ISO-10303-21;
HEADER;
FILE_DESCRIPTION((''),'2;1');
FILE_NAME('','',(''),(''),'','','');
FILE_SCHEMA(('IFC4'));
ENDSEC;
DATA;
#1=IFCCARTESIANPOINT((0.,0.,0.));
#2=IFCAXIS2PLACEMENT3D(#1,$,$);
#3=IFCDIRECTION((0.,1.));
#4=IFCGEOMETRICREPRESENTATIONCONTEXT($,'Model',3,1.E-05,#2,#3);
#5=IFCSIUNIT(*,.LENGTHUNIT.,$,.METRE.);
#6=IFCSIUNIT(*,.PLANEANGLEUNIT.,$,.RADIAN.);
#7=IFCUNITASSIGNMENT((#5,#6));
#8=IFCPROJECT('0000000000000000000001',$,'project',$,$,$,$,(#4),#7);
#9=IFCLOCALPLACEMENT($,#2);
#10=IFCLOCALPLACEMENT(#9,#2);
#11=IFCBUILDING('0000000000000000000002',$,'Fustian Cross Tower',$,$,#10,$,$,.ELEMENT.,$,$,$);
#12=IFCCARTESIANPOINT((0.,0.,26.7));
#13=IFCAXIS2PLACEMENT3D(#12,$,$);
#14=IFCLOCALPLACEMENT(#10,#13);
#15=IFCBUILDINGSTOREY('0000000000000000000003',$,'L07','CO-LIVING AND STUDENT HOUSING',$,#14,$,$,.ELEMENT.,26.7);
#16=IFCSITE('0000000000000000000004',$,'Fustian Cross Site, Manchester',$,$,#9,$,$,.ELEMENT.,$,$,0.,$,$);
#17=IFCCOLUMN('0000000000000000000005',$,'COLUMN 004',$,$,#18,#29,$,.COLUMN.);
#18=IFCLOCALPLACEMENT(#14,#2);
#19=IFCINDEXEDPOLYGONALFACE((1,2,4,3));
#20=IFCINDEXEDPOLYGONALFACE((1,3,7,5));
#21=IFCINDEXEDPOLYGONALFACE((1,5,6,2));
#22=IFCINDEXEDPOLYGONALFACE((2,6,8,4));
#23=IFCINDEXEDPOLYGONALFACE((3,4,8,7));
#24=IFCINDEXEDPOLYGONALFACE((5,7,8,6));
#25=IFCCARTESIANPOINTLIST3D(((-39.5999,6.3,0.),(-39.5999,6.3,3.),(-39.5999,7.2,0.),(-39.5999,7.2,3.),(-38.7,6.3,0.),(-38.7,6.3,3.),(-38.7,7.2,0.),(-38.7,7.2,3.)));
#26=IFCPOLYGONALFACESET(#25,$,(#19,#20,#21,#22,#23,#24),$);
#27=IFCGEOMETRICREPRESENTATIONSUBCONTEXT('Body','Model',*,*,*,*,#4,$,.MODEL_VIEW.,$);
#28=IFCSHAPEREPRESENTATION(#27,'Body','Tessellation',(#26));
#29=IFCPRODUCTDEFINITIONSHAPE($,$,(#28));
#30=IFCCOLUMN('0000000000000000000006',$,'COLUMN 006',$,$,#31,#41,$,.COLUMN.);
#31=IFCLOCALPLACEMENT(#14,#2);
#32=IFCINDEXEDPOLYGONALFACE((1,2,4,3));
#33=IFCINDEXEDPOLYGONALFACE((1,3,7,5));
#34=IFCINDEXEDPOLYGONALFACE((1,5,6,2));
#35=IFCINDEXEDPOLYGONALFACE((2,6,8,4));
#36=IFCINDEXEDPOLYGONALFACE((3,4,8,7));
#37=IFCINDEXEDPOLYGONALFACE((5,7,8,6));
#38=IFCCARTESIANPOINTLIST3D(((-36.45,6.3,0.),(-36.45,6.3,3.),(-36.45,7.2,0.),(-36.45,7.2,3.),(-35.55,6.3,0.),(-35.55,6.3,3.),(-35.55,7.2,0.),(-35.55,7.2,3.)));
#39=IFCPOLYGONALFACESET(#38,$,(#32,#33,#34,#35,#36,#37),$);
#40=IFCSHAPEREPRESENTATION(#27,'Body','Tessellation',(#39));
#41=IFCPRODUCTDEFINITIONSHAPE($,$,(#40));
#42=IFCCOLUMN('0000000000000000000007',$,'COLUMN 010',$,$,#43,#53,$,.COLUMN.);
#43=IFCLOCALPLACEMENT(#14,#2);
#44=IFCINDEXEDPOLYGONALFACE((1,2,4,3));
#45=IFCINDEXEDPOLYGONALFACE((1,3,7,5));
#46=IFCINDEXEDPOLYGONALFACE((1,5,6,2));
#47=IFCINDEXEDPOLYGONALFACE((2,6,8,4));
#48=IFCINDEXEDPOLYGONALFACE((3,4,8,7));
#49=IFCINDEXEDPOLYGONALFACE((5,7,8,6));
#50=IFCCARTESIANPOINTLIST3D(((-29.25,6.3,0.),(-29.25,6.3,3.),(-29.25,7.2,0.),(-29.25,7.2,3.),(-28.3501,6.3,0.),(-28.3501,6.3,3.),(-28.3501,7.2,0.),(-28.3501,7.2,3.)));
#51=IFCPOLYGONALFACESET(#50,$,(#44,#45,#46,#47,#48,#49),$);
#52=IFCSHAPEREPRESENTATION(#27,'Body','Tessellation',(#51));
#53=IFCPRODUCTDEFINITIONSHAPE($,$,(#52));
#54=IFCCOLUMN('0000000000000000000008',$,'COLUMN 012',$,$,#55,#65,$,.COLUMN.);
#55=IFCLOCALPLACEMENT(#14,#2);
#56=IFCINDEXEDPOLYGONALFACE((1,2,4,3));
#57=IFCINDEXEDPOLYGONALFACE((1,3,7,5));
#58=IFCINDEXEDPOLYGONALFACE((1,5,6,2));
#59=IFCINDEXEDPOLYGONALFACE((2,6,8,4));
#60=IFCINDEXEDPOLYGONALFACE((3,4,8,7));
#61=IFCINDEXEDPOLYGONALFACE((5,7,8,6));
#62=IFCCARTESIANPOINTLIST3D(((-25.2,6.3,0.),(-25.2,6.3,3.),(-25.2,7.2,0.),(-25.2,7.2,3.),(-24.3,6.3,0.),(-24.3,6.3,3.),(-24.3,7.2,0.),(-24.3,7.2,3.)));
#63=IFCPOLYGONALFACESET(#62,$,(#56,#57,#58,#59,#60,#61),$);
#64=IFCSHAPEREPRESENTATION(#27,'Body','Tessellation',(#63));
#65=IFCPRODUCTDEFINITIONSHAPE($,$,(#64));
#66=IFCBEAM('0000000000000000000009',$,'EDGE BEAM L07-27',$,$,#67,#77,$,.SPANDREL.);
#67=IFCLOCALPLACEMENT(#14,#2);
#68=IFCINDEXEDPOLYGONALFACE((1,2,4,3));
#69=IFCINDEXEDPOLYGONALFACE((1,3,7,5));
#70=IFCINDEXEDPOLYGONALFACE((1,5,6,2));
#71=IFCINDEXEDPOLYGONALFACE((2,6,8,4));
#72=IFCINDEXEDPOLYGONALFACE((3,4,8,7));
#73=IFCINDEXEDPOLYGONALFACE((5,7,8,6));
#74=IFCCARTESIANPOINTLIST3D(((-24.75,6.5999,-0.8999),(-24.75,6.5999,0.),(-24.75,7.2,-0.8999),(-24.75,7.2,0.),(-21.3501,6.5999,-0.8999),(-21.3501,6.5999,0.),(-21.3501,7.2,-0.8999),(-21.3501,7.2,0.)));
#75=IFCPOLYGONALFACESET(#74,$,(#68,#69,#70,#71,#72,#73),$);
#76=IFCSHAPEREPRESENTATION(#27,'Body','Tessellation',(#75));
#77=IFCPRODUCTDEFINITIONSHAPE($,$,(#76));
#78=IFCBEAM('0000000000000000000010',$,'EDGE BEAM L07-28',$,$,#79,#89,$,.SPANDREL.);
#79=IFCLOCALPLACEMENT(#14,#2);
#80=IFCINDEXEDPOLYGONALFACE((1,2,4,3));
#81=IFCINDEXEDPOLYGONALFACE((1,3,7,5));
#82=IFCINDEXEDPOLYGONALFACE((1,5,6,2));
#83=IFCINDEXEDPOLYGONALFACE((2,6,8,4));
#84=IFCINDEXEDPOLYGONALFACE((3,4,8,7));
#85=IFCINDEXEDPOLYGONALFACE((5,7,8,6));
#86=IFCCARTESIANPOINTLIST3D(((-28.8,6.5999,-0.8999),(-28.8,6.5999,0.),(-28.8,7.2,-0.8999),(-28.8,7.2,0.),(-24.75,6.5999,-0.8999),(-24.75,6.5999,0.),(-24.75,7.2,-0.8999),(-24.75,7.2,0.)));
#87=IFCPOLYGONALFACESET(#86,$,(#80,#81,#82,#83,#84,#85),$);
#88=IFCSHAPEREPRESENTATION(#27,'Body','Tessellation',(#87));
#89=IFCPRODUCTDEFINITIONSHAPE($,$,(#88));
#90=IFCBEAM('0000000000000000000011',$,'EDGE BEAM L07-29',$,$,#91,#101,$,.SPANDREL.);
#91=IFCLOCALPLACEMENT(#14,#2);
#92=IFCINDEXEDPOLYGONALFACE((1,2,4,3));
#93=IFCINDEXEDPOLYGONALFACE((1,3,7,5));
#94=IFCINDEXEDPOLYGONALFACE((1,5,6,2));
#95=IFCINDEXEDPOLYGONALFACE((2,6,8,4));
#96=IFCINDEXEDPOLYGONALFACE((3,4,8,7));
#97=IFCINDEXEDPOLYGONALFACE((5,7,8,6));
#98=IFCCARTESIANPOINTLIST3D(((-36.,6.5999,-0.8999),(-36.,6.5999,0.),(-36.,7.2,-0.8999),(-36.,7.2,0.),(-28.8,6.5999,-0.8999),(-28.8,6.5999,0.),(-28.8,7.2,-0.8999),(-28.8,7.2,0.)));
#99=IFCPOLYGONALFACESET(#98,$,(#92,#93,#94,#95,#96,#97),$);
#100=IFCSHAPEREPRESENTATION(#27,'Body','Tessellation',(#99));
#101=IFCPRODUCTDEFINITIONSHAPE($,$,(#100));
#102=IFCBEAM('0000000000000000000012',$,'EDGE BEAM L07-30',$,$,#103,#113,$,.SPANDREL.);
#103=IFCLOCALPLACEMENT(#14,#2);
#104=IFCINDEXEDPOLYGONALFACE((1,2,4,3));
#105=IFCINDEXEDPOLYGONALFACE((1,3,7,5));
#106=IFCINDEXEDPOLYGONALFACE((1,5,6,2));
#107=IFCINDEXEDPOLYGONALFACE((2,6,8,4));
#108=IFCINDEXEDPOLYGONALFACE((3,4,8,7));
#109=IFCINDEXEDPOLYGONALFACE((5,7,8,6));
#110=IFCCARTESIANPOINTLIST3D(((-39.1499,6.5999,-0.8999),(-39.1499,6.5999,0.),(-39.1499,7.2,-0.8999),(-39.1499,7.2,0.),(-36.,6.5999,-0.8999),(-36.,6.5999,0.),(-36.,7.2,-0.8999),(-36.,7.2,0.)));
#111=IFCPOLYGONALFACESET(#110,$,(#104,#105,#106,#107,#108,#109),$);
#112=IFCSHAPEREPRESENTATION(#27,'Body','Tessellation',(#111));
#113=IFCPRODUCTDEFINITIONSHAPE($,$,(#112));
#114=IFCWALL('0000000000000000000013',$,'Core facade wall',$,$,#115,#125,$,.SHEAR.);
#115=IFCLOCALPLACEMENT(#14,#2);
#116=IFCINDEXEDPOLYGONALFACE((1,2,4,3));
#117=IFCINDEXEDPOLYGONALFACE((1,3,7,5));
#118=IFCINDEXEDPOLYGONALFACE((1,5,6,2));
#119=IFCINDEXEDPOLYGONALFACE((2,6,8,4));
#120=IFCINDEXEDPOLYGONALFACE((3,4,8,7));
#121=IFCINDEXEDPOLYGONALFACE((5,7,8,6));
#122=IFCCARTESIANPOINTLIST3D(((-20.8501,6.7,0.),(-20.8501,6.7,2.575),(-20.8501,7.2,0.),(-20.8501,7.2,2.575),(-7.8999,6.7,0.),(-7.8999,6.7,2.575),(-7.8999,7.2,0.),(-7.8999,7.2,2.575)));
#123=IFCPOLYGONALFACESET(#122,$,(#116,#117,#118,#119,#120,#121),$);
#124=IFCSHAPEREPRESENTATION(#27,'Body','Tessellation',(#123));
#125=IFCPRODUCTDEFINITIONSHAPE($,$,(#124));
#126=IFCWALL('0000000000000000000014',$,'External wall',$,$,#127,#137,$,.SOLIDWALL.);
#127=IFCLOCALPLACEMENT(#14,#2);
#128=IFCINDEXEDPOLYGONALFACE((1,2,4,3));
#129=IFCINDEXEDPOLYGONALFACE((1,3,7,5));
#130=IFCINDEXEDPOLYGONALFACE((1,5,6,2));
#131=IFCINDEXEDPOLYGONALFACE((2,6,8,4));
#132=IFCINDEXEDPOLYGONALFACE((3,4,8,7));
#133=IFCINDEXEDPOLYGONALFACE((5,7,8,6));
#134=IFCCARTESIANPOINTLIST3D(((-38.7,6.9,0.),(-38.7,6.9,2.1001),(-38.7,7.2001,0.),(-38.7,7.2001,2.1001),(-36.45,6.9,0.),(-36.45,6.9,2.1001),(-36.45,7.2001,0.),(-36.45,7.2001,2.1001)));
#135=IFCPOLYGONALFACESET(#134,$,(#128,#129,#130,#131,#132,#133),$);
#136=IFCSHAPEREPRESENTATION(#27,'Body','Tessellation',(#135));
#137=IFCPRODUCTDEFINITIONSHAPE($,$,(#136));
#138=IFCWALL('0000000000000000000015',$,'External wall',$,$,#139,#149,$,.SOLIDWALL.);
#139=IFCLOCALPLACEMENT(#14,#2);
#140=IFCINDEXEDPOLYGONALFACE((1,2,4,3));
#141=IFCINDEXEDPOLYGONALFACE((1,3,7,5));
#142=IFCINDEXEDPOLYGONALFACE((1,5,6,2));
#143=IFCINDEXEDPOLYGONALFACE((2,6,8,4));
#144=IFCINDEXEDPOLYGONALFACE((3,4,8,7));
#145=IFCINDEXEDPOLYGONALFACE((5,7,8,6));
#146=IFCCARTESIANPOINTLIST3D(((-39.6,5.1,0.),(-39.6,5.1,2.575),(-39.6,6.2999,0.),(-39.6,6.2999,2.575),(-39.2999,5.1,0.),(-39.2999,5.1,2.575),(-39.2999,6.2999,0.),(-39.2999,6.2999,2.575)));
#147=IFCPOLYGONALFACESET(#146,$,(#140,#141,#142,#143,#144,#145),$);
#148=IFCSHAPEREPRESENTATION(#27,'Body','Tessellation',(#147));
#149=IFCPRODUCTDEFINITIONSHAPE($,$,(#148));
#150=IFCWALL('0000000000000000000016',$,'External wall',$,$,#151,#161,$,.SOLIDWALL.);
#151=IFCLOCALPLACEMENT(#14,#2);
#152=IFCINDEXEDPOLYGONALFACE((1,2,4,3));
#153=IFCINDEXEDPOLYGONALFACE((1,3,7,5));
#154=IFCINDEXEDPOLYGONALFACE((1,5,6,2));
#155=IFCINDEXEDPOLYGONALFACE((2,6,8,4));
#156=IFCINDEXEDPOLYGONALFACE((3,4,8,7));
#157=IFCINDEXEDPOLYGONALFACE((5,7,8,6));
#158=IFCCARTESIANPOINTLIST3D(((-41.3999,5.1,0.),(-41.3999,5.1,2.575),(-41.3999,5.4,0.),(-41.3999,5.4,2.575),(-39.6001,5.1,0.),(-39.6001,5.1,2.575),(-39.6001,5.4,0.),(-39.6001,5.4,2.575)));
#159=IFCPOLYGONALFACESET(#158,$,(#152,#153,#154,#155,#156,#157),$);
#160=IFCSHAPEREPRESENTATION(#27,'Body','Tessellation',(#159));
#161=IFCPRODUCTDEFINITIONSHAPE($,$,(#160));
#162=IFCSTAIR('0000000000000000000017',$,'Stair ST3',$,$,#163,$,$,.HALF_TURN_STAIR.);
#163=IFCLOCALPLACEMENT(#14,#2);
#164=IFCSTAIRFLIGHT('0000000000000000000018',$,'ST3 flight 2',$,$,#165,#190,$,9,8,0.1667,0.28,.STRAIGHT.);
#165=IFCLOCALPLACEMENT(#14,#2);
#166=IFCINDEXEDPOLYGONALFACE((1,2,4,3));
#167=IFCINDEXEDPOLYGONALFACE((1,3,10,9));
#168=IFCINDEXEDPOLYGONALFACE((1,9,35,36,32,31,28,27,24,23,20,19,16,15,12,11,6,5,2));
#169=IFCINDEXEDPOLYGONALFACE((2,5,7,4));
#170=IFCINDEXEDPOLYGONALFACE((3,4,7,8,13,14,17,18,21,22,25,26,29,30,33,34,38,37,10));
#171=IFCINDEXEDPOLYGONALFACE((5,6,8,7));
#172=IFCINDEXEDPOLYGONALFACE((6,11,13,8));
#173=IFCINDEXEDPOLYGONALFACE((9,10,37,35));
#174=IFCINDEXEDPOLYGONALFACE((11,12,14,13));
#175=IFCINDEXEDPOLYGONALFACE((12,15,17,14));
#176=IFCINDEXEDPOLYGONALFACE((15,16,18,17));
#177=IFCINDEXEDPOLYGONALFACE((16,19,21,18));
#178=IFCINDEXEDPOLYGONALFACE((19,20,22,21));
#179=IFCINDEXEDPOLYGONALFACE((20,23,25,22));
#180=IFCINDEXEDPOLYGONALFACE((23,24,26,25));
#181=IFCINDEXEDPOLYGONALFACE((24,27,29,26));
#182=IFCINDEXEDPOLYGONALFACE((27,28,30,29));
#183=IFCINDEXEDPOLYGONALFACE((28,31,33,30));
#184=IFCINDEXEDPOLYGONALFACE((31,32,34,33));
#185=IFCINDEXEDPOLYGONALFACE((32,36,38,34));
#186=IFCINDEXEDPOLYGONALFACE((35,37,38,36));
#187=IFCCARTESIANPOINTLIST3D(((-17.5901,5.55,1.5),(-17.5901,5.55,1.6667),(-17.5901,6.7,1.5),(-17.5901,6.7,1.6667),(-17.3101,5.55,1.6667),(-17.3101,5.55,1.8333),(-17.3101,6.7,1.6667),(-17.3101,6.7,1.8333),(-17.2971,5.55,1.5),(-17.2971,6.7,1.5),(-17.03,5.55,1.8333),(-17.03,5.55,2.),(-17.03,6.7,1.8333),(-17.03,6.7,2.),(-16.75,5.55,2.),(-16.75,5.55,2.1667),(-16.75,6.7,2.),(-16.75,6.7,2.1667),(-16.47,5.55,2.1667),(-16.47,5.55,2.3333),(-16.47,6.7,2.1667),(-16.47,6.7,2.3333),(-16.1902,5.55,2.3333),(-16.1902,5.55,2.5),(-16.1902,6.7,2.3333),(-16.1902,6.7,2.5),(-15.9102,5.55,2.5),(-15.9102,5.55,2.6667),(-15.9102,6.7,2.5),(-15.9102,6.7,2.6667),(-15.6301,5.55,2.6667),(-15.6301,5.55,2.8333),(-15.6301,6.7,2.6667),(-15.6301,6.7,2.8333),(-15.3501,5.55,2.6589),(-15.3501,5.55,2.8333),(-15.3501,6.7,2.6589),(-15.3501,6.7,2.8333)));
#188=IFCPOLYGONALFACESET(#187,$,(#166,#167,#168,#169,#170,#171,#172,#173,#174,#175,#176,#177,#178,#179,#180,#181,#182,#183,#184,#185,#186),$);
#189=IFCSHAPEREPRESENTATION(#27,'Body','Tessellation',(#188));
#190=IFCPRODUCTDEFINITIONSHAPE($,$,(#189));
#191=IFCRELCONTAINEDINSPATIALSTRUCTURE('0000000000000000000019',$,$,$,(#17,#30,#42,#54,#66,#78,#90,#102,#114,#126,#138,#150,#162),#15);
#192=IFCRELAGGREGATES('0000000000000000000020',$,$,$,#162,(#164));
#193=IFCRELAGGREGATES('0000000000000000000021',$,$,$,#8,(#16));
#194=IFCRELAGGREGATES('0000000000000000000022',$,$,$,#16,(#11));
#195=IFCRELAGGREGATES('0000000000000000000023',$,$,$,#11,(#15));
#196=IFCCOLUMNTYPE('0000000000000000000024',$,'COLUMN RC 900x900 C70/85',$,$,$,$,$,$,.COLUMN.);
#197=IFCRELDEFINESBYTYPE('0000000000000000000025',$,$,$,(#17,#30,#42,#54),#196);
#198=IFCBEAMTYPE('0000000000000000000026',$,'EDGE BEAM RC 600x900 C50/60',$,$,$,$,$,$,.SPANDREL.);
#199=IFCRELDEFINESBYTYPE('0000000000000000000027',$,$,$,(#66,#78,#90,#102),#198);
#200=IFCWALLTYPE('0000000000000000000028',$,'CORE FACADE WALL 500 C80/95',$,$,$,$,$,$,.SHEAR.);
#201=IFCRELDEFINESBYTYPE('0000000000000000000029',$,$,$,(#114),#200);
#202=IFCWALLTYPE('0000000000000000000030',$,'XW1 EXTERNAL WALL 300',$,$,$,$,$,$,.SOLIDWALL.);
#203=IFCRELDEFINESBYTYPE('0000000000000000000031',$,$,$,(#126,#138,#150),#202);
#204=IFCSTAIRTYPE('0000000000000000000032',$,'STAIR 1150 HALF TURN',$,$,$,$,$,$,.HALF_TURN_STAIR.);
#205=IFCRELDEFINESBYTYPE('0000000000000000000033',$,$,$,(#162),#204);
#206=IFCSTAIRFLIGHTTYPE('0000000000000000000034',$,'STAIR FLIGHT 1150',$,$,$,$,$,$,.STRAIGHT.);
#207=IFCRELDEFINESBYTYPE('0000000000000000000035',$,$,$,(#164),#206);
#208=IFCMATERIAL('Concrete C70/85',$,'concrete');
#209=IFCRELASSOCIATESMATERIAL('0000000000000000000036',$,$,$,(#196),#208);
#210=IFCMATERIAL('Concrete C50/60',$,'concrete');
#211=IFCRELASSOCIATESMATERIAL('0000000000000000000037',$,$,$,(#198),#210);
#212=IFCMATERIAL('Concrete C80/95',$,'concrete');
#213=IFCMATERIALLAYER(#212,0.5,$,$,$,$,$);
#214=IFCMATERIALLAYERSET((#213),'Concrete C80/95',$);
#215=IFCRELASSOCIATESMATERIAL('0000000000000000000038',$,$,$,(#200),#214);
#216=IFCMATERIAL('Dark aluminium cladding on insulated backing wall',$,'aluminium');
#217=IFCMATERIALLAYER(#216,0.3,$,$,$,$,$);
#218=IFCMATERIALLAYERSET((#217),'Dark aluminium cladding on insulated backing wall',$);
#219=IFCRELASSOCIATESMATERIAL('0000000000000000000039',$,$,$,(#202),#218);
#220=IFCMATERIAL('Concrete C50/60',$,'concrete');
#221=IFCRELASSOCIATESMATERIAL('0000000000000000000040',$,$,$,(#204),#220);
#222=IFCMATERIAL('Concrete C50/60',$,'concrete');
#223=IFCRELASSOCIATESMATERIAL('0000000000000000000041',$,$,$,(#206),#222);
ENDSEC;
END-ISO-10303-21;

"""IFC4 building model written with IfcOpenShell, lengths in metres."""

from ifc_helpers import new_model, si_unit, direction, frame, frame_2d, origin, origin_2d, place, context, subcontext, project, spatial, polyline, rectangle, outline, extrude, material, layer, layer_set, material_profile, profile_set, type_object, element, aggregate, save


model = new_model("IFC4")

# Units and contexts
model_context = context("Model", 3, precision=1e-05, world=origin(), true_north=direction((0.0, 1.0)))
body_context = subcontext(model_context, "Body", "Model", "MODEL_VIEW")
ifc_project = project(units=[si_unit("LENGTHUNIT", "METRE"), si_unit("PLANEANGLEUNIT", "RADIAN")], contexts=[model_context])

# Site, building, storey
site_placement = place(None, origin())
site = spatial("IfcSite", under=ifc_project, at=site_placement, Name="Fustian Cross Site, Manchester", CompositionType="ELEMENT", RefElevation=0.0)
building_placement = place(site_placement, origin())
building = spatial("IfcBuilding", under=site, at=building_placement, Name="Fustian Cross Tower", CompositionType="ELEMENT")
storey_placement = place(building_placement, frame((0.0, 0.0, 26.7)))
storey = spatial("IfcBuildingStorey", under=building, at=storey_placement, Name="L07", Description="CO-LIVING AND STUDENT HOUSING", CompositionType="ELEMENT", Elevation=26.7)

# Columns
ifc_material_1 = material(Name="Concrete C70/85", Category="concrete")
ifc_material_profile_1 = material_profile(ifc_material_1, rectangle(XDim=0.8999, YDim=0.8999, at=origin_2d()), Name="RC 900x900")
ifc_profile_set_1 = profile_set([ifc_material_profile_1], Name="Concrete C70/85")
column_type = type_object("IfcColumnType", Name="COLUMN RC 900x900 C70/85", PredefinedType="COLUMN", material=ifc_profile_set_1)
for number, where, z_axis, x_axis, name in (
    (1, (-39.1499, 6.75, 0.0), (0.0, 0.0, 1.0), (1.0, 0.0, 0.0), "COLUMN 004"),
    (2, (-36.0, 6.75, 0.0), (0.0, 0.0, 1.0), (1.0, 0.0, 0.0), "COLUMN 006"),
    (3, (-28.8, 6.75, 0.0), (0.0, 0.0, 1.0), (1.0, 0.0, 0.0), "COLUMN 010"),
    (4, (-24.75, 6.75, 0.0), (0.0, 0.0, 1.0), (1.0, 0.0, 0.0), "COLUMN 012"),
):
    element("IfcColumn", number, at=place(storey_placement, frame(where, z_axis=z_axis, x_axis=x_axis)), inside=storey, type_object=column_type, Name=name, PredefinedType="COLUMN", context=body_context, shape_type="SweptSolid", body=[
        extrude(rectangle(XDim=0.8999, YDim=0.8999, at=origin_2d()), origin(), (0.0, 0.0, 1.0), 3.0),
    ])

# Beams
ifc_material_2 = material(Name="Concrete C50/60", Category="concrete")
ifc_material_profile_2 = material_profile(ifc_material_2, rectangle(XDim=0.6001, YDim=0.8999, at=origin_2d()), Name="RC 600x900")
ifc_profile_set_2 = profile_set([ifc_material_profile_2], Name="Concrete C50/60")
beam_type = type_object("IfcBeamType", Name="EDGE BEAM RC 600x900 C50/60", PredefinedType="SPANDREL", material=ifc_profile_set_2)
beam_1_placement = place(storey_placement, frame((-21.3501, 6.8999, -0.45), z_axis=(-1.0, 0.0, 0.0), x_axis=(0.0, -1.0, 0.0)))
element("IfcBeam", 5, at=beam_1_placement, inside=storey, type_object=beam_type, Name="EDGE BEAM L07-27", PredefinedType="SPANDREL", context=body_context, shape_type="SweptSolid", body=[
    extrude(rectangle(XDim=0.6001, YDim=0.8999, at=origin_2d()), origin(), (0.0, 0.0, 1.0), 3.3999),
])
beam_2_placement = place(storey_placement, frame((-24.75, 6.8999, -0.45), z_axis=(-1.0, 0.0, 0.0), x_axis=(0.0, -1.0, 0.0)))
element("IfcBeam", 6, at=beam_2_placement, inside=storey, type_object=beam_type, Name="EDGE BEAM L07-28", PredefinedType="SPANDREL", context=body_context, shape_type="SweptSolid", body=[
    extrude(rectangle(XDim=0.6001, YDim=0.8999, at=origin_2d()), origin(), (0.0, 0.0, 1.0), 4.05),
])
beam_3_placement = place(storey_placement, frame((-28.8, 6.8999, -0.45), z_axis=(-1.0, 0.0, 0.0), x_axis=(0.0, -1.0, 0.0)))
element("IfcBeam", 7, at=beam_3_placement, inside=storey, type_object=beam_type, Name="EDGE BEAM L07-29", PredefinedType="SPANDREL", context=body_context, shape_type="SweptSolid", body=[
    extrude(rectangle(XDim=0.6001, YDim=0.8999, at=origin_2d()), origin(), (0.0, 0.0, 1.0), 7.2),
])
beam_4_placement = place(storey_placement, frame((-36.0, 6.8999, -0.45), z_axis=(-1.0, 0.0, 0.0), x_axis=(0.0, -1.0, 0.0)))
element("IfcBeam", 8, at=beam_4_placement, inside=storey, type_object=beam_type, Name="EDGE BEAM L07-30", PredefinedType="SPANDREL", context=body_context, shape_type="SweptSolid", body=[
    extrude(rectangle(XDim=0.6001, YDim=0.8999, at=origin_2d()), origin(), (0.0, 0.0, 1.0), 3.1499),
])

# Walls
ifc_material_3 = material(Name="Concrete C80/95", Category="concrete")
ifc_layer_1 = layer(ifc_material_3, 0.5)
ifc_layer_set_1 = layer_set([ifc_layer_1], Name="Concrete C80/95")
wall_type_1 = type_object("IfcWallType", Name="CORE FACADE WALL 500 C80/95", PredefinedType="SHEAR", material=ifc_layer_set_1)
wall_1_placement = place(storey_placement, frame((-7.8999, 6.95, 0.0), z_axis=(0.0, 0.0, 1.0), x_axis=(-1.0, 0.0, 0.0)))
element("IfcWall", 9, at=wall_1_placement, inside=storey, type_object=wall_type_1, Name="Core facade wall", PredefinedType="SHEAR", context=body_context, shape_type="SweptSolid", body=[
    extrude(rectangle(XDim=12.9502, YDim=0.5, at=frame_2d((6.4751, 0.0))), origin(), (0.0, 0.0, 1.0), 2.575),
])
ifc_material_4 = material(Name="Dark aluminium cladding on insulated backing wall", Category="aluminium")
ifc_layer_2 = layer(ifc_material_4, 0.3)
ifc_layer_set_2 = layer_set([ifc_layer_2], Name="Dark aluminium cladding on insulated backing wall")
wall_type_2 = type_object("IfcWallType", Name="XW1 EXTERNAL WALL 300", PredefinedType="SOLIDWALL", material=ifc_layer_set_2)
wall_2_placement = place(storey_placement, frame((-36.45, 7.05, 0.0), z_axis=(0.0, 0.0, 1.0), x_axis=(-1.0, 0.0, 0.0)))
element("IfcWall", 10, at=wall_2_placement, inside=storey, type_object=wall_type_2, Name="External wall", PredefinedType="SOLIDWALL", context=body_context, shape_type="SweptSolid", body=[
    extrude(rectangle(XDim=2.25, YDim=0.3, at=frame_2d((1.125, 0.0))), origin(), (0.0, 0.0, 1.0), 2.1001),
])
wall_3_placement = place(storey_placement, frame((-39.45, 6.3, 0.0), z_axis=(0.0, 0.0, 1.0), x_axis=(0.0, -1.0, 0.0)))
element("IfcWall", 11, at=wall_3_placement, inside=storey, type_object=wall_type_2, Name="External wall", PredefinedType="SOLIDWALL", context=body_context, shape_type="SweptSolid", body=[
    extrude(rectangle(XDim=1.2, YDim=0.3, at=frame_2d((0.6001, 0.0))), origin(), (0.0, 0.0, 1.0), 2.575),
])
wall_4_placement = place(storey_placement, frame((-39.6001, 5.25, 0.0), z_axis=(0.0, 0.0, 1.0), x_axis=(-1.0, 0.0, 0.0)))
element("IfcWall", 12, at=wall_4_placement, inside=storey, type_object=wall_type_2, Name="External wall", PredefinedType="SOLIDWALL", context=body_context, shape_type="SweptSolid", body=[
    extrude(rectangle(XDim=1.7998, YDim=0.3, at=frame_2d((0.8999, 0.0))), origin(), (0.0, 0.0, 1.0), 2.575),
])

# Stair, stair flight
ifc_material_5 = material(Name="Concrete C50/60", Category="concrete")
stair_type = type_object("IfcStairType", Name="STAIR 1150 HALF TURN", PredefinedType="HALF_TURN_STAIR", material=ifc_material_5)
stair_placement = place(storey_placement, origin())
stair = element("IfcStair", 13, at=stair_placement, inside=storey, type_object=stair_type, Name="Stair ST3", PredefinedType="HALF_TURN_STAIR")
ifc_material_6 = material(Name="Concrete C50/60", Category="concrete")
stair_flight_type = type_object("IfcStairFlightType", Name="STAIR FLIGHT 1150", PredefinedType="STRAIGHT", material=ifc_material_6)
stair_flight_placement = place(storey_placement, frame((-17.5901, 6.125, 1.5), z_axis=(0.0, 0.0, 1.0), x_axis=(1.0, 0.0, 0.0)))
stair_flight = element("IfcStairFlight", 14, at=stair_flight_placement, type_object=stair_flight_type, Name="ST3 flight 2", NumberOfRisers=9, NumberOfTreads=8, PredefinedType="STRAIGHT", RiserHeight=0.1667, TreadLength=0.28, context=body_context, shape_type="SweptSolid", body=[
    extrude(outline(polyline([(0.0, 0.0), (0.0, 0.1667), (0.28, 0.1667), (0.28, 0.3333), (0.5601, 0.3333), (0.5601, 0.5), (0.8401, 0.5), (0.8401, 0.6667), (1.1201, 0.6667), (1.1201, 0.8333), (1.3999, 0.8333), (1.3999, 1.0), (1.6799, 1.0), (1.6799, 1.1667), (1.96, 1.1667), (1.96, 1.3333), (2.24, 1.3333), (2.24, 1.5), (2.24, 1.1589), (0.293, 0.0), (0.0, 0.0)])), frame((0.0, 0.575, 0.0), z_axis=(0.0, -1.0, 0.0), x_axis=(1.0, 0.0, 0.0)), (0.0, 0.0, 1.0), 1.1499),
])
aggregate(stair, [stair_flight])

save(model, "model.ifc")
